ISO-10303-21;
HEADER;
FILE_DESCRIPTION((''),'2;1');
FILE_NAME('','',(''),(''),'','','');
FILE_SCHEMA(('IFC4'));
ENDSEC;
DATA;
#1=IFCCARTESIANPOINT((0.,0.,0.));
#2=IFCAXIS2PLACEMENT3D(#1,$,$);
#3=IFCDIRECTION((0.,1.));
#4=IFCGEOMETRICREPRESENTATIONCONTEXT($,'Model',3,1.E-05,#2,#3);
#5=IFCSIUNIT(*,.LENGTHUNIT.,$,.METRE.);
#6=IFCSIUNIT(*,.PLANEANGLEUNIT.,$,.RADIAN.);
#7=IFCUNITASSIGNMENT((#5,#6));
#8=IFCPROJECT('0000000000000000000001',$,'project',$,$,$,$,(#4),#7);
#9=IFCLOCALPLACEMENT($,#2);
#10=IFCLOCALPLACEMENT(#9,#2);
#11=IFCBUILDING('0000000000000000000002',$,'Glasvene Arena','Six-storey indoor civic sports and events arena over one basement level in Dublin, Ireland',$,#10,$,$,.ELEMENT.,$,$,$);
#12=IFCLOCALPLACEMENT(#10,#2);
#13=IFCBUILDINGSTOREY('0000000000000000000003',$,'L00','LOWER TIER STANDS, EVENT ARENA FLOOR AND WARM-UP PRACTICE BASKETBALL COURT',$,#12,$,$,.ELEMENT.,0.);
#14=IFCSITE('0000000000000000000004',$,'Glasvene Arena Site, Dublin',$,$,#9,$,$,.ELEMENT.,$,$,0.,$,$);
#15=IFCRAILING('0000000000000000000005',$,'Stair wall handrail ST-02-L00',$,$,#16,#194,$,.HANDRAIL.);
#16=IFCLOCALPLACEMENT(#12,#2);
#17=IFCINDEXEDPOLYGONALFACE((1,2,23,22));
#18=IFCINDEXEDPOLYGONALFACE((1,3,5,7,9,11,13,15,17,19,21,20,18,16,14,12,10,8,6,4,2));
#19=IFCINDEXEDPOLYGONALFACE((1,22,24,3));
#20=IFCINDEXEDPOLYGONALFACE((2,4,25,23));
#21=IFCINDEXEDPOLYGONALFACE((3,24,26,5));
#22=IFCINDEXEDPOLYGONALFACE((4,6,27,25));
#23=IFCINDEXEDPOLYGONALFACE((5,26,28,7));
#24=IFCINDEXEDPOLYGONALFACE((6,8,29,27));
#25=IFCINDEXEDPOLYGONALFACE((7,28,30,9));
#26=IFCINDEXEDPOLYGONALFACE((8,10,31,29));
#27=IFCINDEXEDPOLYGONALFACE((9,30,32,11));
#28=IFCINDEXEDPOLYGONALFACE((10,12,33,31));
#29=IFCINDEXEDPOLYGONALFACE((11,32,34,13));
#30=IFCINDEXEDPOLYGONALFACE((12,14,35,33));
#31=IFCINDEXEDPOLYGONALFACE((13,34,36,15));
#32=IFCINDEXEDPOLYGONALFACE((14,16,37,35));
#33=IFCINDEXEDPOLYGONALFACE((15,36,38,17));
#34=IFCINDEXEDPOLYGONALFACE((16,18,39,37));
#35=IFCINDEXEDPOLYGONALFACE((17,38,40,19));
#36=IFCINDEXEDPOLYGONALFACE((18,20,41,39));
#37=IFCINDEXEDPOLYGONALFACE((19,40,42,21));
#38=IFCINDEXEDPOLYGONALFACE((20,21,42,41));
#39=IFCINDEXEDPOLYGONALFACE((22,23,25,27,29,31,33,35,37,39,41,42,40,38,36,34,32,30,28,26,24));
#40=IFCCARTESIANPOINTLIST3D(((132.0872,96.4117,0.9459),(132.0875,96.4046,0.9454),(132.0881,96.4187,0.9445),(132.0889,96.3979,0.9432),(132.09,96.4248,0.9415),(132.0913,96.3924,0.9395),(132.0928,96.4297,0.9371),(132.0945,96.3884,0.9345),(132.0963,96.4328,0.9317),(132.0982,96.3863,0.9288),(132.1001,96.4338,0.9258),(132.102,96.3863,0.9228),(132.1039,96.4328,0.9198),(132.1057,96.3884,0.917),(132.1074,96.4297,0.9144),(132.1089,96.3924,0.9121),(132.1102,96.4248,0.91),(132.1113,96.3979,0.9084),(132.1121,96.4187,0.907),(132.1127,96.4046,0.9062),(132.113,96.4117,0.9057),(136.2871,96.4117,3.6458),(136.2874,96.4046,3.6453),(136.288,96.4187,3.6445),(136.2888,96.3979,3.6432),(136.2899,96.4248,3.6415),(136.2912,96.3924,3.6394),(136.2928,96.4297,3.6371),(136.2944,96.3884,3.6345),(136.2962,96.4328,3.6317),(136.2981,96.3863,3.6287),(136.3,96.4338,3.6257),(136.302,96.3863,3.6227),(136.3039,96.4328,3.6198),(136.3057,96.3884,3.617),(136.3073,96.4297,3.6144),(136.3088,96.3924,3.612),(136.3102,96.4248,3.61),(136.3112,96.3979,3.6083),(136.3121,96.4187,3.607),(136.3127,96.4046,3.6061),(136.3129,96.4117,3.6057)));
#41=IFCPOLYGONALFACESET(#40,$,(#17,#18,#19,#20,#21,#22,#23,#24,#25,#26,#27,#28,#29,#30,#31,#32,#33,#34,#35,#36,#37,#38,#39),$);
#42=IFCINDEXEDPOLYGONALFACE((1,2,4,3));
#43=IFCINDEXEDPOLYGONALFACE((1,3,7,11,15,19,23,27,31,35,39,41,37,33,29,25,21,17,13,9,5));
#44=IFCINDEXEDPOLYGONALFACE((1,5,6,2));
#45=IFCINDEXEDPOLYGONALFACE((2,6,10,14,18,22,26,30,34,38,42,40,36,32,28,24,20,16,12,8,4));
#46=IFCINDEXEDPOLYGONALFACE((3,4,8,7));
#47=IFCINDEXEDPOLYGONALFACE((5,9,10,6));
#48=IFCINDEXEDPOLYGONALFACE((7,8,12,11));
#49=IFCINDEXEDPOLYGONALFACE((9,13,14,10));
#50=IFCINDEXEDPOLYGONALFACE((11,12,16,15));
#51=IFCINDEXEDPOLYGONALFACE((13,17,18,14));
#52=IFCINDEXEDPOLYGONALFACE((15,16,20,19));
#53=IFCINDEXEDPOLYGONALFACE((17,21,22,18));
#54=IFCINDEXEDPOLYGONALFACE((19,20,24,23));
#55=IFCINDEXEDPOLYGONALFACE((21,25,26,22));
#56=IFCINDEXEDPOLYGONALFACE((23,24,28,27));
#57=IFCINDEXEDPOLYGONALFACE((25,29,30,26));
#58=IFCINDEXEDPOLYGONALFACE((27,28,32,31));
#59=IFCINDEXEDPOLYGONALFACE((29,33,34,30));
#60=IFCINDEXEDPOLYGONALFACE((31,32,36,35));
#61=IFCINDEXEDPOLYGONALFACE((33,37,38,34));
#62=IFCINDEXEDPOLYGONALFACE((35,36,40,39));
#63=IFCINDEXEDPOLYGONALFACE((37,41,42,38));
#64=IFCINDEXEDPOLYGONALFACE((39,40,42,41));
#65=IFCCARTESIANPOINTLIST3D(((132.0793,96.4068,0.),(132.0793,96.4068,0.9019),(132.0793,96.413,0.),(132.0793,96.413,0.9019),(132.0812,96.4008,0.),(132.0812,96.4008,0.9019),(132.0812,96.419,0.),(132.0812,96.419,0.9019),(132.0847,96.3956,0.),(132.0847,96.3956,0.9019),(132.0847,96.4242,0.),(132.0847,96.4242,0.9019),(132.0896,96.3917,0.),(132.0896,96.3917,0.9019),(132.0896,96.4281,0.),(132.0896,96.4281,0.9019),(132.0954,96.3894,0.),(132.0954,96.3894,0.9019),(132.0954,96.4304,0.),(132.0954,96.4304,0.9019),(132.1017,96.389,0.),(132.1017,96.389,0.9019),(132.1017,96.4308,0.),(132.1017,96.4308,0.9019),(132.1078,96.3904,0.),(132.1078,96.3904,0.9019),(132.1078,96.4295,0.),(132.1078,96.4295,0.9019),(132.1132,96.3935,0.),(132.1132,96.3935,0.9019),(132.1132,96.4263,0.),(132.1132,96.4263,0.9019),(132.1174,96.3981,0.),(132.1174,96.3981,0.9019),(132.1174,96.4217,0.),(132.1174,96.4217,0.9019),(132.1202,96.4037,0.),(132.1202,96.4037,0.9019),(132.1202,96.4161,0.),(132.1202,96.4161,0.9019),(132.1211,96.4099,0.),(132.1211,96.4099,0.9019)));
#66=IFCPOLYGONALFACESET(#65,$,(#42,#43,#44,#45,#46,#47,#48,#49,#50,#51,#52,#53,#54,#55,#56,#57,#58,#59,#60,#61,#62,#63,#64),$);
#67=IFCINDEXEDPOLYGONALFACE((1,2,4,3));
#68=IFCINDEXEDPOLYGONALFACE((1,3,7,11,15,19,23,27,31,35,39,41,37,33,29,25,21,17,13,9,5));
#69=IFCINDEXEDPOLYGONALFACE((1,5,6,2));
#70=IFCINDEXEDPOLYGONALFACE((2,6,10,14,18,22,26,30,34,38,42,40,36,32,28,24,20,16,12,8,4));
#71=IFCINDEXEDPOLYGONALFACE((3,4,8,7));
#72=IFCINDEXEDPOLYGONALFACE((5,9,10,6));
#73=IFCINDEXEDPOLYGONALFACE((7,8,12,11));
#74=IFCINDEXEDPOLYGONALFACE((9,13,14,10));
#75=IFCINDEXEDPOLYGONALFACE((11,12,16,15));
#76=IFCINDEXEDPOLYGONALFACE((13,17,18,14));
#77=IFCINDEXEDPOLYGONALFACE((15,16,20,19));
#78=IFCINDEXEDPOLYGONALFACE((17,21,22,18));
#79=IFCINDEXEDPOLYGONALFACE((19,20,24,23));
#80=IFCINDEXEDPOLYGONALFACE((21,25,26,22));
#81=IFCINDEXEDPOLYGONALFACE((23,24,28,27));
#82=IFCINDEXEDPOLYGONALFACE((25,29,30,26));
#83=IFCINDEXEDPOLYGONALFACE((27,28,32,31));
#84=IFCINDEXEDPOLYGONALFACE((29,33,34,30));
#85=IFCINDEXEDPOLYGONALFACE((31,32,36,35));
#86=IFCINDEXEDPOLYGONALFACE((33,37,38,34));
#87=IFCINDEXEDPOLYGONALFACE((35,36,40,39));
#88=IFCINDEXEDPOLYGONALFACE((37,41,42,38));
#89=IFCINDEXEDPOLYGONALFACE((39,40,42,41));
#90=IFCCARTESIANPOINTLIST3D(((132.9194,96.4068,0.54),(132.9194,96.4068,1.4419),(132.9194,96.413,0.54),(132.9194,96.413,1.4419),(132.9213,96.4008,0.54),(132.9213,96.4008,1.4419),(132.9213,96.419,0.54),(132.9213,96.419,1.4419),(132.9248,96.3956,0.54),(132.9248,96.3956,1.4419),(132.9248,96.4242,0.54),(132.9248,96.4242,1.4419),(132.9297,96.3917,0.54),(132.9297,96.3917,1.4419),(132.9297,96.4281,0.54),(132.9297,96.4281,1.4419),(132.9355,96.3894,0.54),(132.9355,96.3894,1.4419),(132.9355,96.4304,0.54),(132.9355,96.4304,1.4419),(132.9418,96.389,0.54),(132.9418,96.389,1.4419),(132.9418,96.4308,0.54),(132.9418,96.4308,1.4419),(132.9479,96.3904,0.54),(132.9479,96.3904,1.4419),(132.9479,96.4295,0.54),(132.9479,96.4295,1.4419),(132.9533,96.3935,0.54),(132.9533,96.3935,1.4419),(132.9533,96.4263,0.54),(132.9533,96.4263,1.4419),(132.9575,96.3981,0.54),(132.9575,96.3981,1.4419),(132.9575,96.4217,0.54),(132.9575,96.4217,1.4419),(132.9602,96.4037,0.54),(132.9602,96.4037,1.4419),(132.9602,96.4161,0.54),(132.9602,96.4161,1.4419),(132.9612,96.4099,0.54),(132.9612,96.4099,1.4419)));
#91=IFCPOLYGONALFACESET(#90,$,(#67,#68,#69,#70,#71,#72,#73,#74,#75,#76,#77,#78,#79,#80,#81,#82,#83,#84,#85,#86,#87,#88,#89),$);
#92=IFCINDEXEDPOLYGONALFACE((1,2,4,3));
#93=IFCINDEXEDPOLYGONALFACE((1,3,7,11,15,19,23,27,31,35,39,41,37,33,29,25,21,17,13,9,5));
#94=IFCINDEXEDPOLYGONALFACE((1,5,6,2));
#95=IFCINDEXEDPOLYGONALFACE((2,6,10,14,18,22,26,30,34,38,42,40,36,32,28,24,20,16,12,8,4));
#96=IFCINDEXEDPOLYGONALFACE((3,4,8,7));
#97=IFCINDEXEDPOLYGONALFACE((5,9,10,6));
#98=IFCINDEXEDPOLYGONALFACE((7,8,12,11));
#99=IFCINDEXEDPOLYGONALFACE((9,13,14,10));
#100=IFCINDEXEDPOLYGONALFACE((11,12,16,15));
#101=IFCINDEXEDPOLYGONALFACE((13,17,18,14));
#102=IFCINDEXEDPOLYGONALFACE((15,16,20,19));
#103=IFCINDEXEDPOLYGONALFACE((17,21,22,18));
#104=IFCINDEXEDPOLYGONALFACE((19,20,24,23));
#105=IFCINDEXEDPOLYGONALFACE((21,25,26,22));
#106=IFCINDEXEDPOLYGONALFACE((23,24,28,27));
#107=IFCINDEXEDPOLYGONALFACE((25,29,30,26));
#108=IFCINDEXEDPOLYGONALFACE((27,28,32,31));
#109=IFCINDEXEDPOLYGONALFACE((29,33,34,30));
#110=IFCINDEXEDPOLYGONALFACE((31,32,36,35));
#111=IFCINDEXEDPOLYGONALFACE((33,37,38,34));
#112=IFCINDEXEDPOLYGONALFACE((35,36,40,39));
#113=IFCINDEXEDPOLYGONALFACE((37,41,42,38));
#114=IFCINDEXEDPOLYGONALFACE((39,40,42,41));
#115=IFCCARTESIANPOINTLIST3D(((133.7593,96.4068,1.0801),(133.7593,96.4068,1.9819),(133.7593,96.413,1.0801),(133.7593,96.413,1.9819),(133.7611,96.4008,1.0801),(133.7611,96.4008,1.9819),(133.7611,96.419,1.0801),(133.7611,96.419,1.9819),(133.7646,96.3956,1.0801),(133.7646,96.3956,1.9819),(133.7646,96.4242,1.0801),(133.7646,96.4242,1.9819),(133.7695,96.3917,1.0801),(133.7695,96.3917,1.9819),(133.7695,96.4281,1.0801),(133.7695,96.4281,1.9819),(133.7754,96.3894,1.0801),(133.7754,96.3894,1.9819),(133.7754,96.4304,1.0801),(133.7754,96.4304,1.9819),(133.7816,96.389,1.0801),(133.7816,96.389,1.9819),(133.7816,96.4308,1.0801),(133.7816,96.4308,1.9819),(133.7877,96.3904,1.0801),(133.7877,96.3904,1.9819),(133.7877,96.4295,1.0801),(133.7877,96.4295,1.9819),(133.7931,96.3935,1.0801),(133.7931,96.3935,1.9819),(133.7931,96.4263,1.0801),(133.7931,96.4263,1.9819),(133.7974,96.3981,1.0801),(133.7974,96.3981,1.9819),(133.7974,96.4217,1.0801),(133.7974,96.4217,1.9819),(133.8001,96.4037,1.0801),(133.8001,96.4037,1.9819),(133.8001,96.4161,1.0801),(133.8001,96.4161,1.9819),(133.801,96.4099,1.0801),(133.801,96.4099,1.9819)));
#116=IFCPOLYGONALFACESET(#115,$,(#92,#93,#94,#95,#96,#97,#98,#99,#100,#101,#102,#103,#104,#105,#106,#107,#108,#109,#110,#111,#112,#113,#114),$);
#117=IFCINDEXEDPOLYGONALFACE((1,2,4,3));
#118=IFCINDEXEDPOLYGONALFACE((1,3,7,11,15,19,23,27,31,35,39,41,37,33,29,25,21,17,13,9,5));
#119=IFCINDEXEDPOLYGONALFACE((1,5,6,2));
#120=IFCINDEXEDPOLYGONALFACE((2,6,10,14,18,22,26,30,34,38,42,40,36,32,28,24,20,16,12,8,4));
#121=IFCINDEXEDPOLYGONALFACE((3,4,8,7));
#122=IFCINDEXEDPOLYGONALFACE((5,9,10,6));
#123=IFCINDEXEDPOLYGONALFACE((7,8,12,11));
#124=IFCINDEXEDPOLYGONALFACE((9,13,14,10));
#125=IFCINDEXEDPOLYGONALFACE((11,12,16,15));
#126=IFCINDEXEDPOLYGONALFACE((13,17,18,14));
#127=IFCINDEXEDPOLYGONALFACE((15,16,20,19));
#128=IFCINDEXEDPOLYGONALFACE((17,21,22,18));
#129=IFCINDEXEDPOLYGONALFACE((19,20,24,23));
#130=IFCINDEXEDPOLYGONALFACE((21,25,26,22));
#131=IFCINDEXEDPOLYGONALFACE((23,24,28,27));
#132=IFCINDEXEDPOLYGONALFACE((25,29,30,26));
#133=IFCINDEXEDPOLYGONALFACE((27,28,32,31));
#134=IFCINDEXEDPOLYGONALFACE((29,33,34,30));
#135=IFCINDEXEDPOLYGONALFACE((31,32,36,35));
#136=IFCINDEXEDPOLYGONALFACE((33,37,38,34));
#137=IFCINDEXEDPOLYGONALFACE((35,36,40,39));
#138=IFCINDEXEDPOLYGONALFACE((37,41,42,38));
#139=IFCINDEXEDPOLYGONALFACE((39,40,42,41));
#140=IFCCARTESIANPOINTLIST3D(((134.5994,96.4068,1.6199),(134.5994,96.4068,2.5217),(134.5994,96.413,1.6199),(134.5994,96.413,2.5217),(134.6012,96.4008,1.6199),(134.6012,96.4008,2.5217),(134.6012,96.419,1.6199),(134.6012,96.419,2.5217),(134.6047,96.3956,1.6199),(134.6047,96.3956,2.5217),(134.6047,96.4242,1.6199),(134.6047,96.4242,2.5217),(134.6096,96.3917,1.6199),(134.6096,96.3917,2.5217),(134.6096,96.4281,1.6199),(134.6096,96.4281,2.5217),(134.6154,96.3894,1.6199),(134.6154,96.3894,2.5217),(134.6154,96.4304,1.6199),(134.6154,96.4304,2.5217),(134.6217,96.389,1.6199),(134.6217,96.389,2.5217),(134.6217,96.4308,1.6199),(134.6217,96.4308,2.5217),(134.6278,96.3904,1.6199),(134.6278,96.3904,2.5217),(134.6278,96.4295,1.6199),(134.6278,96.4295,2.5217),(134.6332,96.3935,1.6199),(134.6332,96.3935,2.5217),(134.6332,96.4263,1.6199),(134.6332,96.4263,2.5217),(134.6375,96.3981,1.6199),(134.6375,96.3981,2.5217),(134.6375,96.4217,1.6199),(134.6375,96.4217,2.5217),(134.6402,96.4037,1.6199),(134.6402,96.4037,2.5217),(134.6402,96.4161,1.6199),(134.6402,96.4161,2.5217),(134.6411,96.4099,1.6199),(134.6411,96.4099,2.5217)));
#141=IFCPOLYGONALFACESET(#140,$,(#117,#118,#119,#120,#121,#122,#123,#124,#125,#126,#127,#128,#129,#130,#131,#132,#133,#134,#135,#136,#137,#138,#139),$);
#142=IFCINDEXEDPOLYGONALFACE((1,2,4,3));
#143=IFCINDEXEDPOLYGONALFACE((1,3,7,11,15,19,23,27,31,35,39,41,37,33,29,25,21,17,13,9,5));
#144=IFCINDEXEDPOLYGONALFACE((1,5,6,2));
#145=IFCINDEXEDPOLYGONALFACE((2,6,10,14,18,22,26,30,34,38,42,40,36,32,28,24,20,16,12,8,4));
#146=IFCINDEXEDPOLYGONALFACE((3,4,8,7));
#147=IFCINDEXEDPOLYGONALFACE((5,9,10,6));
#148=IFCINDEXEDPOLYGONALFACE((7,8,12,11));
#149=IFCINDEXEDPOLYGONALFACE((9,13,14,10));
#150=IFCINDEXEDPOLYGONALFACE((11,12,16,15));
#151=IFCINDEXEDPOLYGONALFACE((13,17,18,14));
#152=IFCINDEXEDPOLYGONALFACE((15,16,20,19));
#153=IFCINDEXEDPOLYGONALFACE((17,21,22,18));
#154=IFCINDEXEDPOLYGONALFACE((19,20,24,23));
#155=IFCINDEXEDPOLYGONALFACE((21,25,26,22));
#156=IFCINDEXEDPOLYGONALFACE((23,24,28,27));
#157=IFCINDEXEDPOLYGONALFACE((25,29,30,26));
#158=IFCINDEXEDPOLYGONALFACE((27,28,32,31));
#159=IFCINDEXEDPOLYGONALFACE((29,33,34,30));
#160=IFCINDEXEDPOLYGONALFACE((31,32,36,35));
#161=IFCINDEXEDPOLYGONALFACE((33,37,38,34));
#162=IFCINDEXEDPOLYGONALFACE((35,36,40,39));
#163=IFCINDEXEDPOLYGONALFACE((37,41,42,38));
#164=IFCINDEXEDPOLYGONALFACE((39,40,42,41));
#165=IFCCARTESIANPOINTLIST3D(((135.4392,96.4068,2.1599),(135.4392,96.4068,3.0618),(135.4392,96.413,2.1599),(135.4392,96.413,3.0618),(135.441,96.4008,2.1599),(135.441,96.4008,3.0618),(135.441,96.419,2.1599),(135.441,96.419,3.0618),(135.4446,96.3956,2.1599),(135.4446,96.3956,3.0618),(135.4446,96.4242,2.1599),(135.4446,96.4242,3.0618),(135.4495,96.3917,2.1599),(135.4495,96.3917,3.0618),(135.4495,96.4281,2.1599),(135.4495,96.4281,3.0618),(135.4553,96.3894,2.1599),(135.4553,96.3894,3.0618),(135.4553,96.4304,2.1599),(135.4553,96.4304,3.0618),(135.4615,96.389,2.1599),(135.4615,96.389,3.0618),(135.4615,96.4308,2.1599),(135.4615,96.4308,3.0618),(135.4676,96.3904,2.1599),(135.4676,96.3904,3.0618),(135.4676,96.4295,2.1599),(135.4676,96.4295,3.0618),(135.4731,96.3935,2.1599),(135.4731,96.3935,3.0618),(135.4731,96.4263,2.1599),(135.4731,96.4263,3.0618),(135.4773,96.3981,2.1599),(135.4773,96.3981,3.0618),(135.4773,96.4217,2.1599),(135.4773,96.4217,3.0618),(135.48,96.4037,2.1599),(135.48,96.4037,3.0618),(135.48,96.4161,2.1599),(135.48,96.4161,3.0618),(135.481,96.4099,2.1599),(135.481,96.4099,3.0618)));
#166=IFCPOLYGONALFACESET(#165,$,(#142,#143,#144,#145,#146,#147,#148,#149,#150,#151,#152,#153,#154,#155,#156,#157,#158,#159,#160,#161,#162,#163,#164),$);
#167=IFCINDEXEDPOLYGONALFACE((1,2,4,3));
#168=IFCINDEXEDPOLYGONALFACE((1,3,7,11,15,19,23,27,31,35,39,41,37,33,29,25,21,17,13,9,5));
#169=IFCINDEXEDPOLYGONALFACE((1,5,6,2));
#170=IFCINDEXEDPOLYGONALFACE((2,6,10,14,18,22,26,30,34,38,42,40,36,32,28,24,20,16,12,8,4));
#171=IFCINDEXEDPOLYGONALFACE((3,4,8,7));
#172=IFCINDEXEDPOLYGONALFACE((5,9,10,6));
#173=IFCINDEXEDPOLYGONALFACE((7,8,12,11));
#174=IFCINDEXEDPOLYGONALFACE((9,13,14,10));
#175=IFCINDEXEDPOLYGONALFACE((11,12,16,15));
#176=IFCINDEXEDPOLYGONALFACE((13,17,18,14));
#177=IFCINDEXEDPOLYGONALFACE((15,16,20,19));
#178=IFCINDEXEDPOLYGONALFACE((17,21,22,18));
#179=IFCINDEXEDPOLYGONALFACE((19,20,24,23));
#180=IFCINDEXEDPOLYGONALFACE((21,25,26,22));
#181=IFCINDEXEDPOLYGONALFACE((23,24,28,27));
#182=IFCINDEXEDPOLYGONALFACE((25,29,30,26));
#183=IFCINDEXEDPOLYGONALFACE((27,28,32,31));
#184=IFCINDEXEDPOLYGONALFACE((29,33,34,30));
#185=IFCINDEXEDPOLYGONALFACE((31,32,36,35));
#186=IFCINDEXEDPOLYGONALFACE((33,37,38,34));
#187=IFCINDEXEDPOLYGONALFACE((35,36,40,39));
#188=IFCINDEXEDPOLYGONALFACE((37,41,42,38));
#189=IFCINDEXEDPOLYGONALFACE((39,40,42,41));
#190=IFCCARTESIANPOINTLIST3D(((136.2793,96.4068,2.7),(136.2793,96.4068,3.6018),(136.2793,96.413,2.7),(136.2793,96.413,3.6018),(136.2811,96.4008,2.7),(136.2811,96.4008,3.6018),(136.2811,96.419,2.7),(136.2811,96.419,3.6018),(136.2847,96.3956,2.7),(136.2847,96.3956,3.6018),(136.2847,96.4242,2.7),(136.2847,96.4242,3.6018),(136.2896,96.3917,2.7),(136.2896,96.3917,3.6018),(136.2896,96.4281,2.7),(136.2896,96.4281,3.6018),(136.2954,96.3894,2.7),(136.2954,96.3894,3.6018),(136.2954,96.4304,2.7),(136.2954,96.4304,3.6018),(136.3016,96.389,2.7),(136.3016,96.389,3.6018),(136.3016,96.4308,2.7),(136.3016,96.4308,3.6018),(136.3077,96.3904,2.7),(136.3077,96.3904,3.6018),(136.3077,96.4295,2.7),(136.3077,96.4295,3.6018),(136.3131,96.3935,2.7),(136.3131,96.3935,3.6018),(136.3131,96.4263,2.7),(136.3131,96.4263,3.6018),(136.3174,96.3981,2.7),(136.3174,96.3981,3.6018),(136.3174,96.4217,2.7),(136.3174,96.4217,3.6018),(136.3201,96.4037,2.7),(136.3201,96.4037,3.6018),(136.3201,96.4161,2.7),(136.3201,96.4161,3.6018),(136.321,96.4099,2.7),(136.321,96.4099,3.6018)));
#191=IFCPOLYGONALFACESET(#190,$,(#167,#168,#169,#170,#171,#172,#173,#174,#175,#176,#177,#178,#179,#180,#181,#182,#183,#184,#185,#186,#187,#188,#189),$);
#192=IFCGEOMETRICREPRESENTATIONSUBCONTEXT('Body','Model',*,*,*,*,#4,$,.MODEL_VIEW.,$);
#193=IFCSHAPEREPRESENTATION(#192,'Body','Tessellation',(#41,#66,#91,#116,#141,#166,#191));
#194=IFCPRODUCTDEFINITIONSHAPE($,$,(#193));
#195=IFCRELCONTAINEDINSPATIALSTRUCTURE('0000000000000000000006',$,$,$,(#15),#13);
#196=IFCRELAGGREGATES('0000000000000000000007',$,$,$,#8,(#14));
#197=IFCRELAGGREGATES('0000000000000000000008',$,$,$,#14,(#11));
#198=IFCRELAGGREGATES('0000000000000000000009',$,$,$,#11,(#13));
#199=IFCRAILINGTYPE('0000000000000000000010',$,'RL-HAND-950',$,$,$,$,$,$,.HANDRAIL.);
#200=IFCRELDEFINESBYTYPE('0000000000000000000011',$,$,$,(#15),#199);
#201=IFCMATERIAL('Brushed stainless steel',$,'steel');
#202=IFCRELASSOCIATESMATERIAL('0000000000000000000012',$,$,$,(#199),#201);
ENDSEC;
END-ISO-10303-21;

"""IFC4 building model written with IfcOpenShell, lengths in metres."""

from ifc_helpers import new_model, si_unit, direction, frame, origin, origin_2d, place, context, subcontext, project, spatial, circle, extrude, material, type_object, element, save


model = new_model("IFC4")

# Units and contexts
model_context = context("Model", 3, precision=1e-05, world=origin(), true_north=direction((0.0, 1.0)))
body_context = subcontext(model_context, "Body", "Model", "MODEL_VIEW")
ifc_project = project(units=[si_unit("LENGTHUNIT", "METRE"), si_unit("PLANEANGLEUNIT", "RADIAN")], contexts=[model_context])

# Site, building, storey
site_placement = place(None, origin())
site = spatial("IfcSite", under=ifc_project, at=site_placement, Name="Glasvene Arena Site, Dublin", CompositionType="ELEMENT", RefElevation=0.0)
building_placement = place(site_placement, origin())
building = spatial("IfcBuilding", under=site, at=building_placement, Name="Glasvene Arena", Description="Six-storey indoor civic sports and events arena over one basement level in Dublin, Ireland", CompositionType="ELEMENT")
storey_placement = place(building_placement, origin())
storey = spatial("IfcBuildingStorey", under=building, at=storey_placement, Name="L00", Description="LOWER TIER STANDS, EVENT ARENA FLOOR AND WARM-UP PRACTICE BASKETBALL COURT", CompositionType="ELEMENT", Elevation=0.0)

# Shared definitions
ifc_material_1 = material(Name="Brushed stainless steel", Category="steel")

# Railing
railing_type_1 = type_object("IfcRailingType", Name="RL-HAND-950", PredefinedType="HANDRAIL", material=ifc_material_1)
railing_1_placement = place(storey_placement, frame((132.1001, 96.4099, 0.0)))
element("IfcRailing", 1, at=railing_1_placement, inside=storey, type_object=railing_type_1, Name="Stair wall handrail ST-02-L00", PredefinedType="HANDRAIL", context=body_context, shape_type="SweptSolid", body=[
    extrude(circle(Radius=0.0239, at=origin_2d()), frame((0.0, 0.0, 0.9258), z_axis=(0.84118, 0.0, 0.540755), x_axis=(0.0, 1.0, 0.0)), (0.0, 0.0, 1.0), 4.9929),
    extrude(circle(Radius=0.021, at=origin_2d()), origin(), (0.0, 0.0, 1.0), 0.9019),
    extrude(circle(Radius=0.021, at=origin_2d()), frame((0.8401, 0.0, 0.54)), (0.0, 0.0, 1.0), 0.9019),
    extrude(circle(Radius=0.021, at=origin_2d()), frame((1.6799, 0.0, 1.0801)), (0.0, 0.0, 1.0), 0.9019),
    extrude(circle(Radius=0.021, at=origin_2d()), frame((2.52, 0.0, 1.6199)), (0.0, 0.0, 1.0), 0.9019),
    extrude(circle(Radius=0.021, at=origin_2d()), frame((3.3599, 0.0, 2.1599)), (0.0, 0.0, 1.0), 0.9019),
    extrude(circle(Radius=0.021, at=origin_2d()), frame((4.2, 0.0, 2.7)), (0.0, 0.0, 1.0), 0.9019),
])

save(model, "model.ifc")
